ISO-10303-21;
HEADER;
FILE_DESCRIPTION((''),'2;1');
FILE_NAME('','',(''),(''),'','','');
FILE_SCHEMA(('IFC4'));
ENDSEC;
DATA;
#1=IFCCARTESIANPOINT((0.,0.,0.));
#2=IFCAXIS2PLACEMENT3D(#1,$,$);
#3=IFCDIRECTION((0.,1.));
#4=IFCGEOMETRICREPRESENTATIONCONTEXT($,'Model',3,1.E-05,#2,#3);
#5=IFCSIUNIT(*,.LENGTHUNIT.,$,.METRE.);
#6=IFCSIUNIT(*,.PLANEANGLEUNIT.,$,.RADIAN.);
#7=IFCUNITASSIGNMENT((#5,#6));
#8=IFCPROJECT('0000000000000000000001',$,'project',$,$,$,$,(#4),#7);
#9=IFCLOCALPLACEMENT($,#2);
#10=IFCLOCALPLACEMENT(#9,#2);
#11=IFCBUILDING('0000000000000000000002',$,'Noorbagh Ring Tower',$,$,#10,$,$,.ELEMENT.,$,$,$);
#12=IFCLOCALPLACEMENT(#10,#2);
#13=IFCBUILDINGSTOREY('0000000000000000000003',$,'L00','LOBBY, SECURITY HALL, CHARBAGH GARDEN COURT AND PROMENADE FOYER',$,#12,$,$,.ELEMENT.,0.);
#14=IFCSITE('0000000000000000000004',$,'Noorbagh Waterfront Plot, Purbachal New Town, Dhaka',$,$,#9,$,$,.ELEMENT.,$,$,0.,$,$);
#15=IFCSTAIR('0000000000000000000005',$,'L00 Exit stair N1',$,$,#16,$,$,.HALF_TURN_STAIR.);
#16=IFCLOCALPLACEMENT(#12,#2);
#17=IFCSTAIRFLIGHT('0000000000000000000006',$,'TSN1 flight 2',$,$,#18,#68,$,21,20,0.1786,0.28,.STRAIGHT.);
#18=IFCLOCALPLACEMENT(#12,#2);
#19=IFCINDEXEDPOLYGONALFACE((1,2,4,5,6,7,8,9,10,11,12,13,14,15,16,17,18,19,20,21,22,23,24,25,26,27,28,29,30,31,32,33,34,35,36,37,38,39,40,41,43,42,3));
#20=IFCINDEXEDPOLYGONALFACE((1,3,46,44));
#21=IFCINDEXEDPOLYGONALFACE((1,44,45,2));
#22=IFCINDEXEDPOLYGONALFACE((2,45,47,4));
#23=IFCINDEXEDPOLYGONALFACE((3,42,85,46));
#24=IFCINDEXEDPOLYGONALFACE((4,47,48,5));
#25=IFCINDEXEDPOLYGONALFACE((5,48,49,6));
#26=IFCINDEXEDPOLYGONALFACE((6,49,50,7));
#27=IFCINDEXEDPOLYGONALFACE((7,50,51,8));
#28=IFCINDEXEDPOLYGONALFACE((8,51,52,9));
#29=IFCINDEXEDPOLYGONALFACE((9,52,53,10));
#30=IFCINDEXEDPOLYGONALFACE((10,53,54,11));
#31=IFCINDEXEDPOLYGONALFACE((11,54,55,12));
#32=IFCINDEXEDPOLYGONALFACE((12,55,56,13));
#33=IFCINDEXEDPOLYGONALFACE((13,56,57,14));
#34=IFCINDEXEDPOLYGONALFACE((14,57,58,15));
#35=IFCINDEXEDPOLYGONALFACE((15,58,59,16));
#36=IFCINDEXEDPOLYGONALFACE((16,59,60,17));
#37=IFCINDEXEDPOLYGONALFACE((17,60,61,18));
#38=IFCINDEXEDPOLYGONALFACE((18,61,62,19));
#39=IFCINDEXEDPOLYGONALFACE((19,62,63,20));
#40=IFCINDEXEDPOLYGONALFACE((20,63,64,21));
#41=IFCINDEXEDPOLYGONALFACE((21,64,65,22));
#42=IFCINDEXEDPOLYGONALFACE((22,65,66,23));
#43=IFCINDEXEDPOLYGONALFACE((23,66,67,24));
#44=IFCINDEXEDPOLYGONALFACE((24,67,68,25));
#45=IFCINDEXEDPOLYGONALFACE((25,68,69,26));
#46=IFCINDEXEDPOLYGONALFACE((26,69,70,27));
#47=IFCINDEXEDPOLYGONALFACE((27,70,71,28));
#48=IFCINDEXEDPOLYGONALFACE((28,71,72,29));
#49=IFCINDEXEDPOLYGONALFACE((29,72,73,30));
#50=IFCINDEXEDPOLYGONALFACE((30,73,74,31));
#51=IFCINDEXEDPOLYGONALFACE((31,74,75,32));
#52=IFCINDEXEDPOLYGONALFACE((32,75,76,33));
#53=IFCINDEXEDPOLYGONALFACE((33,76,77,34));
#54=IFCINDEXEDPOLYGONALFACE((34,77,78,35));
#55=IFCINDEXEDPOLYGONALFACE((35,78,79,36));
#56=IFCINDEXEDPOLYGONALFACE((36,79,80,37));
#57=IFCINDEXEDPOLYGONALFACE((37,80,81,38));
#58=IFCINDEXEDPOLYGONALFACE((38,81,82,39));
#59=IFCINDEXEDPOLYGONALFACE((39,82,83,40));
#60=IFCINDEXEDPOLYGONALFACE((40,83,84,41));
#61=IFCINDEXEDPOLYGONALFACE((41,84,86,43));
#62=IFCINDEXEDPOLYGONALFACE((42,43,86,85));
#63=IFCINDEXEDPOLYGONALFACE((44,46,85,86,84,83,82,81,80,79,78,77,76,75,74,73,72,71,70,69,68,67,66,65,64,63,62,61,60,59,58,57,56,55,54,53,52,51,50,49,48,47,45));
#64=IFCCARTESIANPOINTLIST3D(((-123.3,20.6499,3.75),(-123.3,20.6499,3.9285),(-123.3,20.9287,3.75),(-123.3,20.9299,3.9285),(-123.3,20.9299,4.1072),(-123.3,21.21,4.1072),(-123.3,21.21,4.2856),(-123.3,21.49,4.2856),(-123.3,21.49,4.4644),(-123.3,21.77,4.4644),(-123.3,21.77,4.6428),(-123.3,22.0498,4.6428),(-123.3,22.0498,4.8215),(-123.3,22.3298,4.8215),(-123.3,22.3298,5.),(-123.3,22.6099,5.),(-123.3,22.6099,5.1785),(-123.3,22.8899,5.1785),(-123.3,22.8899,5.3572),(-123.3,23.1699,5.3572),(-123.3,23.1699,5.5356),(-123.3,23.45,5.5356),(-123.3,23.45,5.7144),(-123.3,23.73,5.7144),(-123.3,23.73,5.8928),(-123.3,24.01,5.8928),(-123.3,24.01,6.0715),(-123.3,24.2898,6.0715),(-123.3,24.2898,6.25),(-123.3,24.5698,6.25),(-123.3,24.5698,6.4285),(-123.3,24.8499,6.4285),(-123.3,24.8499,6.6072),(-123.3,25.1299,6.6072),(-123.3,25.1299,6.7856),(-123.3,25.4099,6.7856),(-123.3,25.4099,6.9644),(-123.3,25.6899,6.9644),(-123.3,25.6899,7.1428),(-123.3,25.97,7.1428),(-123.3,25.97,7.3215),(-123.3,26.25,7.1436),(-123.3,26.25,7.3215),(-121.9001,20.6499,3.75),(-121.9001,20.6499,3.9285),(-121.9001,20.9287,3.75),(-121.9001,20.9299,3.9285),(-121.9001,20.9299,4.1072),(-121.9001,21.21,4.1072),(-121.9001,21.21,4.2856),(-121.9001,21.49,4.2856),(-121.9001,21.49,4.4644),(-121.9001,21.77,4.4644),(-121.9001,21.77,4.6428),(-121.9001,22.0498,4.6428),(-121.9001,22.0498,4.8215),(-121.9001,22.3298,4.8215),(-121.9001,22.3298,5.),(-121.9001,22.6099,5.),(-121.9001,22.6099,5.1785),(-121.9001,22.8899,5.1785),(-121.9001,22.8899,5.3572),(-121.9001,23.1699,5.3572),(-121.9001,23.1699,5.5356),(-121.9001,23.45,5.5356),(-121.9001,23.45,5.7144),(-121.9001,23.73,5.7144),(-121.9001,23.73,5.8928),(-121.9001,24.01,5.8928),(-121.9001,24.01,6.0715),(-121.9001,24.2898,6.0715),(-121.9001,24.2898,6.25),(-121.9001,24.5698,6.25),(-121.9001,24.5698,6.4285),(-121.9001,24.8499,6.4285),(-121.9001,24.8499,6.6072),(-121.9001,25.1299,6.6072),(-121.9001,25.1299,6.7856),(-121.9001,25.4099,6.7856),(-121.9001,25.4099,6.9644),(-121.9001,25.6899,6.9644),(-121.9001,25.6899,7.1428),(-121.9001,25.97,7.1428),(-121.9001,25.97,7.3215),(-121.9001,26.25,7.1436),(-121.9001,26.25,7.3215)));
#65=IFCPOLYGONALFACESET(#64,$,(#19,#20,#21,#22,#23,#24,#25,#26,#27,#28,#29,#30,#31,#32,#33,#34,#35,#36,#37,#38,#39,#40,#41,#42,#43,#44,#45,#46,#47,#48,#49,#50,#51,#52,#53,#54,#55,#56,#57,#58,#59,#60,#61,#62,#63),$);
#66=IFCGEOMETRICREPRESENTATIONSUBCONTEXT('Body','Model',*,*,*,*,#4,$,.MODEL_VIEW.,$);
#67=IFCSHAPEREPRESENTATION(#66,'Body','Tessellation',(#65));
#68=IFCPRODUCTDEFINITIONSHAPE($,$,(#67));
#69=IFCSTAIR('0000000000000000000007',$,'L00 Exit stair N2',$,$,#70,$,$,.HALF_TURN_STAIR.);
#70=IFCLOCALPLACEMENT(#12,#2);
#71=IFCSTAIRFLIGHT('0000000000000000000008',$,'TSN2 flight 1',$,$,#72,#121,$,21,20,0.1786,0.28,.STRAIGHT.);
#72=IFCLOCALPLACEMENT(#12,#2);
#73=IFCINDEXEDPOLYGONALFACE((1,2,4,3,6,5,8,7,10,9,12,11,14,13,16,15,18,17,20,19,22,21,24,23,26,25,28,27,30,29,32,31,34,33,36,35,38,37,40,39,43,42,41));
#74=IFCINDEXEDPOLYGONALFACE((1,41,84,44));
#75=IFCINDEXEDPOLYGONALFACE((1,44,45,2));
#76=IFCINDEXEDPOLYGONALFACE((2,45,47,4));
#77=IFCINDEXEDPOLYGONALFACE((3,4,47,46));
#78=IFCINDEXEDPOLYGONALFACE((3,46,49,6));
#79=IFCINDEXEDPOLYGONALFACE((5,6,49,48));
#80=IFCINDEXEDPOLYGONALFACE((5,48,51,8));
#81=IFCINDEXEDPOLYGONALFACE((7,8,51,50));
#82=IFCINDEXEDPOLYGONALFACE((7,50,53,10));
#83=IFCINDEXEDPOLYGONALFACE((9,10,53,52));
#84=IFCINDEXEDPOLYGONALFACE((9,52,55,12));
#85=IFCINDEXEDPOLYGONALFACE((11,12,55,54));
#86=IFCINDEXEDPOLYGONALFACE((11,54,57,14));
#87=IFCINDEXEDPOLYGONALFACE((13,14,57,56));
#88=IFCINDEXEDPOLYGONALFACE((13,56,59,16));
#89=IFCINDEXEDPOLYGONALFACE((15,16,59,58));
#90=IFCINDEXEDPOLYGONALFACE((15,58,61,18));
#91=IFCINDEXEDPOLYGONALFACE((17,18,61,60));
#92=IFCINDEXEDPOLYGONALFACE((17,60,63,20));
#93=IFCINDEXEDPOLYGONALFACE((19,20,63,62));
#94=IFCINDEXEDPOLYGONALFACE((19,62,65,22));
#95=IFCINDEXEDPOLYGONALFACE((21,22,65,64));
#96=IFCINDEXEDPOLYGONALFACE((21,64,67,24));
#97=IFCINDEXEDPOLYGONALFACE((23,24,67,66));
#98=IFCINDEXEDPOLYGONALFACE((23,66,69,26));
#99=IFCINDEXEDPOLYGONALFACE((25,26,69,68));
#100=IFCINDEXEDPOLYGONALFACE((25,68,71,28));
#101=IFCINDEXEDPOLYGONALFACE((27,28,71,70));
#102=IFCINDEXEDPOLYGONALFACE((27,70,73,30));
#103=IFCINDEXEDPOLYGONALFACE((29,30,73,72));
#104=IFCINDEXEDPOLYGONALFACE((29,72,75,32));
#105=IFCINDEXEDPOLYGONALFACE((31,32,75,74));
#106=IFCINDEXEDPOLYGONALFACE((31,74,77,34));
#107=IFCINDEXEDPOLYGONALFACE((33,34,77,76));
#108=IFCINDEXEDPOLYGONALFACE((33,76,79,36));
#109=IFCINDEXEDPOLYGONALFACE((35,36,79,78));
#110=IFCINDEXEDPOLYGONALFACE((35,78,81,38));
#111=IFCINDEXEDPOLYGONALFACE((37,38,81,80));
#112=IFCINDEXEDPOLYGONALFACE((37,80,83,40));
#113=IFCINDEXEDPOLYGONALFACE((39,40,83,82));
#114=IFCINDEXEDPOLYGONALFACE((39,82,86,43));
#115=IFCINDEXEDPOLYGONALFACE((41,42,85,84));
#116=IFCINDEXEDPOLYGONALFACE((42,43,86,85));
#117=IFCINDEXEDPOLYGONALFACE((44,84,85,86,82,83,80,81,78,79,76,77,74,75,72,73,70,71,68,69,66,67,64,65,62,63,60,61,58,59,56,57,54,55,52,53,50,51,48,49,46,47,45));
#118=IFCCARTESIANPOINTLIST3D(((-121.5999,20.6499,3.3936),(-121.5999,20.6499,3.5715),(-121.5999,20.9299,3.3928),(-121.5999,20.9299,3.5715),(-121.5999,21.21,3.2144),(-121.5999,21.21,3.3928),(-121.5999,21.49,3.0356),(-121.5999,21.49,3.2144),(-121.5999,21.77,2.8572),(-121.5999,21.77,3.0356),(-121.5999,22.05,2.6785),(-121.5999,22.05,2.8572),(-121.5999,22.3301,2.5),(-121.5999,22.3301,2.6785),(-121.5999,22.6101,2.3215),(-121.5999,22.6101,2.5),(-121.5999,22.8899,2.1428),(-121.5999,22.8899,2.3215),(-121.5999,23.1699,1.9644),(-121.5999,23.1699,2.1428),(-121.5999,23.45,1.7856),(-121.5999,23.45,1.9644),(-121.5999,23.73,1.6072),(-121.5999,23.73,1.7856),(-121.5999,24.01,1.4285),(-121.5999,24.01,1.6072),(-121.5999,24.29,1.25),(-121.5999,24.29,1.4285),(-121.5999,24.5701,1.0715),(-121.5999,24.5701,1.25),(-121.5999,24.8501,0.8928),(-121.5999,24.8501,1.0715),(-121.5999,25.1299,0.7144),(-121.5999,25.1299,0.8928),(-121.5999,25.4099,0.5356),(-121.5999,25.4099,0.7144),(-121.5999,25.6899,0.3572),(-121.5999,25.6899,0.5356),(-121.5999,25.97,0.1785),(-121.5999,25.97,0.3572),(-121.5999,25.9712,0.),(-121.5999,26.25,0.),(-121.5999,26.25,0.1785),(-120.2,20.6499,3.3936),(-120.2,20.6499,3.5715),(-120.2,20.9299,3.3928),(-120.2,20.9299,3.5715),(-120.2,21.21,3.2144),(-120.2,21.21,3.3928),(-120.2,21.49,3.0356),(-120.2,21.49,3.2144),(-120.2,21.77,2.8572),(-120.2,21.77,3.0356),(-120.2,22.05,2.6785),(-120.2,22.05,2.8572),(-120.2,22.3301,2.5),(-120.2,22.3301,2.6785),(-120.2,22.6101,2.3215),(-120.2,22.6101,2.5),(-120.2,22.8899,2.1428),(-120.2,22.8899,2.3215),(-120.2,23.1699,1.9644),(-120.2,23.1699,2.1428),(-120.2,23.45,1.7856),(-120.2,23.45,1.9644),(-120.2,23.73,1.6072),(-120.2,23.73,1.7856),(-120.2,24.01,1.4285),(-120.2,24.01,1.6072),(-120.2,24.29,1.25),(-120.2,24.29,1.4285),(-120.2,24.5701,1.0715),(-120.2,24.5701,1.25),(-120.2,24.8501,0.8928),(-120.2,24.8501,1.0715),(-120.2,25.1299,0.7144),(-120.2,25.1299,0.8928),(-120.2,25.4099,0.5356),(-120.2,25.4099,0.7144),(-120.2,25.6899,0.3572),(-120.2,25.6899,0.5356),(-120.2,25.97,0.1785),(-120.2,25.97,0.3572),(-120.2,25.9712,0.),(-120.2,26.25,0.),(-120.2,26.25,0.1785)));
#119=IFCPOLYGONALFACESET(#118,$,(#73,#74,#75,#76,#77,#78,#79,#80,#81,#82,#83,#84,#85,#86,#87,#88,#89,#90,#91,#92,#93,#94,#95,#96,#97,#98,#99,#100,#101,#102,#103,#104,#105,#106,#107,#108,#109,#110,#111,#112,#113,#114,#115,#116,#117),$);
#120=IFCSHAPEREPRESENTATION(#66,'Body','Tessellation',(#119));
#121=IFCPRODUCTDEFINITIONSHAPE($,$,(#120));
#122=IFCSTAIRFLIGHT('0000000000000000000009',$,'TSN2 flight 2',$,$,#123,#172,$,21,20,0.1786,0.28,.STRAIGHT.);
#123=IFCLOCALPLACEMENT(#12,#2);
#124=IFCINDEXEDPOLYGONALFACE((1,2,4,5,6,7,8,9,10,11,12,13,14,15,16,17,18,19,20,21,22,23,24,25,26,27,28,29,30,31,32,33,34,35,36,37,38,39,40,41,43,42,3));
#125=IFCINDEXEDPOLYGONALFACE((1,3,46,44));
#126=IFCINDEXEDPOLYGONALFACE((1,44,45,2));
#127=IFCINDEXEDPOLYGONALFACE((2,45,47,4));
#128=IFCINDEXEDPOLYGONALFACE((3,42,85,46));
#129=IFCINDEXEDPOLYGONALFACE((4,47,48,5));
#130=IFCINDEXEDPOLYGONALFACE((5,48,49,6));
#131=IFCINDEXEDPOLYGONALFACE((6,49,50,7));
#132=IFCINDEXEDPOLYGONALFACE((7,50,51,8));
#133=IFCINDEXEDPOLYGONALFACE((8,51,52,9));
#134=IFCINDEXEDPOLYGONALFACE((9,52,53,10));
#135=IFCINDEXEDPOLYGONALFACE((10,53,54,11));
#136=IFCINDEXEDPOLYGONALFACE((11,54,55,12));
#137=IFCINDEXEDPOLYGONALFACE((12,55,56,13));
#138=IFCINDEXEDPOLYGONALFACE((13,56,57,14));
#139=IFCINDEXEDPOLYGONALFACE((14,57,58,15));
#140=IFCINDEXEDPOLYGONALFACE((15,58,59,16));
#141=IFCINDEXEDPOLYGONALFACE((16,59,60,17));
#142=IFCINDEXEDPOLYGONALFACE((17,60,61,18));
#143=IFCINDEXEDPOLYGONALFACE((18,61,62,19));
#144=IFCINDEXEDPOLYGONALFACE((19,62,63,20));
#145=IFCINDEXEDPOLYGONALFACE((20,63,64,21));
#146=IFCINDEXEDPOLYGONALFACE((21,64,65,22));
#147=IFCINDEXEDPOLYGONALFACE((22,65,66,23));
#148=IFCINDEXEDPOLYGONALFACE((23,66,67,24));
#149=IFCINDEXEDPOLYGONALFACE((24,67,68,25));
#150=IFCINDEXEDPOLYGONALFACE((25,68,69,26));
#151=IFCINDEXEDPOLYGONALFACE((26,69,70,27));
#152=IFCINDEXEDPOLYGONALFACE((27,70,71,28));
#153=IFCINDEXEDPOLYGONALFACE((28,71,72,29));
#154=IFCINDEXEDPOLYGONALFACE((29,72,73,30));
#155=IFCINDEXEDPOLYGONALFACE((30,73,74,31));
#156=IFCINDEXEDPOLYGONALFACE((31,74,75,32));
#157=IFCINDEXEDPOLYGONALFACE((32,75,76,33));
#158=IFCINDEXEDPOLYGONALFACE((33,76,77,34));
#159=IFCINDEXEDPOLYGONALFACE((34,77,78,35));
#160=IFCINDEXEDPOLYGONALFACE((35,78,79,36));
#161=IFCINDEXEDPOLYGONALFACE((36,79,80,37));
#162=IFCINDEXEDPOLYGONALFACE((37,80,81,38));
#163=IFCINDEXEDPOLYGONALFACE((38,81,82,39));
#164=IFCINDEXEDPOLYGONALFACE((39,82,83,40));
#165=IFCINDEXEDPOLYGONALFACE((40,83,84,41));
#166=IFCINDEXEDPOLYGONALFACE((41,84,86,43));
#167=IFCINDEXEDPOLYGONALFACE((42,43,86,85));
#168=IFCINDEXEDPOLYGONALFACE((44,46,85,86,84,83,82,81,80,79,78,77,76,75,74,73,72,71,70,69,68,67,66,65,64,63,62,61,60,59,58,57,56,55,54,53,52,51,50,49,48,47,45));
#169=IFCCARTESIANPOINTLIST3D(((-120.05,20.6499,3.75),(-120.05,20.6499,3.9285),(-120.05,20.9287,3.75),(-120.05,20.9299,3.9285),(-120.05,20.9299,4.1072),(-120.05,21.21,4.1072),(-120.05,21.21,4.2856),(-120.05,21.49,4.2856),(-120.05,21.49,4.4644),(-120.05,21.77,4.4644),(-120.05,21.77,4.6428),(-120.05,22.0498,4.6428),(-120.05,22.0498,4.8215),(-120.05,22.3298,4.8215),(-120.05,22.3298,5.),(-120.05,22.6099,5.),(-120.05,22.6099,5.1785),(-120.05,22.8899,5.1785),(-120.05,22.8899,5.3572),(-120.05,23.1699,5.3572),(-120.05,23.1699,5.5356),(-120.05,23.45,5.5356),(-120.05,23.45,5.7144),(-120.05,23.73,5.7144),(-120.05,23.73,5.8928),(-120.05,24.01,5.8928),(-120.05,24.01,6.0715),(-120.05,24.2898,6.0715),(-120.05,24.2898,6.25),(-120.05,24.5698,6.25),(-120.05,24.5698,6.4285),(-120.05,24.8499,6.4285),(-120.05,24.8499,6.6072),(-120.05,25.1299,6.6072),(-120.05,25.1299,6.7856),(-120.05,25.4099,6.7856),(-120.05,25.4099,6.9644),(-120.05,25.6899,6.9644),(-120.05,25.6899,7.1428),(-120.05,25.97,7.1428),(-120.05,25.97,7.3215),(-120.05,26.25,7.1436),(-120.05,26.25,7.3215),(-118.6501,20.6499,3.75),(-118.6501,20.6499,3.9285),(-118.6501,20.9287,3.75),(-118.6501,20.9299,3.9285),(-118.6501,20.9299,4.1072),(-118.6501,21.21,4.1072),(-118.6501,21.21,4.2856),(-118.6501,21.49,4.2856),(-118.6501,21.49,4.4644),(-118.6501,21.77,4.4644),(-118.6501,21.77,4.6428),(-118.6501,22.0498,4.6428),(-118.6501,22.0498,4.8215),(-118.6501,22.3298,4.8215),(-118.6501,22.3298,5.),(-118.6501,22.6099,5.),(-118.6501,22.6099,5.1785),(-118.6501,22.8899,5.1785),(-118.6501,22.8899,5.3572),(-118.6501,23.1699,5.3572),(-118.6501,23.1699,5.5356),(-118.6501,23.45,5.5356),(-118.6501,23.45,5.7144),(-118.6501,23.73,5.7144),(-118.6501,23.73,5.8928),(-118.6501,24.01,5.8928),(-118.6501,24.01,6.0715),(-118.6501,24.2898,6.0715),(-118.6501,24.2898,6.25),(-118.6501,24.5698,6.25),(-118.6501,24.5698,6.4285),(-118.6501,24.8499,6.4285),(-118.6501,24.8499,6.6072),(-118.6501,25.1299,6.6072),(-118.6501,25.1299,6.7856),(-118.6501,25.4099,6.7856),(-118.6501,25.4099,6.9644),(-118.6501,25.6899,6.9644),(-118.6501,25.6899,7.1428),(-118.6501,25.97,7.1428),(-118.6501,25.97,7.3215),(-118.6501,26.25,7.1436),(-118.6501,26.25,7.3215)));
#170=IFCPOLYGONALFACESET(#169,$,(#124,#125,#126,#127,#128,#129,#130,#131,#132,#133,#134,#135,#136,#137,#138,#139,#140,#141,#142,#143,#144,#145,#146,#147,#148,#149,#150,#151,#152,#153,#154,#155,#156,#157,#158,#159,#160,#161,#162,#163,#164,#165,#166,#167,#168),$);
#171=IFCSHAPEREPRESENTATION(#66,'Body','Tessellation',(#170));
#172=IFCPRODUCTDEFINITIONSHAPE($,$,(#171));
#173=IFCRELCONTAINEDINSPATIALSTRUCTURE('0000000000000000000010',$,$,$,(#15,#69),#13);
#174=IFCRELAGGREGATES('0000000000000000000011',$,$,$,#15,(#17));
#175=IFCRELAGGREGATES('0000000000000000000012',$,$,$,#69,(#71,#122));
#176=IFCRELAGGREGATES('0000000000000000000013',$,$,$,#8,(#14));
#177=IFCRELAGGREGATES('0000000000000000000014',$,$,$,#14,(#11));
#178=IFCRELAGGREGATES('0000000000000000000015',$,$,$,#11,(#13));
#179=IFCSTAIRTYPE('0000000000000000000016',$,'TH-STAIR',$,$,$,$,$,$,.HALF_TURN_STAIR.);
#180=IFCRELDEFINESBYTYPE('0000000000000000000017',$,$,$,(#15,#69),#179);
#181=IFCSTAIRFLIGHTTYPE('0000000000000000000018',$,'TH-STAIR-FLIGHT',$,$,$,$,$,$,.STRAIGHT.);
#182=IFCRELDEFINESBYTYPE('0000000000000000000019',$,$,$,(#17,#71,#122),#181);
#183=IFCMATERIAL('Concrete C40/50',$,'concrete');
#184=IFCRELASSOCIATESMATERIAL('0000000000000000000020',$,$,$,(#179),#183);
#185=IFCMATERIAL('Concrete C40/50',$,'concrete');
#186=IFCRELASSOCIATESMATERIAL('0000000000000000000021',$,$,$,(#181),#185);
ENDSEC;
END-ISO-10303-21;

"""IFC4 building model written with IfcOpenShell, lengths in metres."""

from ifc_helpers import new_model, si_unit, direction, frame, origin, place, context, subcontext, project, spatial, polyline, outline, extrude, material, type_object, element, aggregate, save


model = new_model("IFC4")

# Units and contexts
model_context = context("Model", 3, precision=1e-05, world=origin(), true_north=direction((0.0, 1.0)))
body_context = subcontext(model_context, "Body", "Model", "MODEL_VIEW")
ifc_project = project(units=[si_unit("LENGTHUNIT", "METRE"), si_unit("PLANEANGLEUNIT", "RADIAN")], contexts=[model_context])

# Site, building, storey
site_placement = place(None, origin())
site = spatial("IfcSite", under=ifc_project, at=site_placement, Name="Noorbagh Waterfront Plot, Purbachal New Town, Dhaka", CompositionType="ELEMENT", RefElevation=0.0)
building_placement = place(site_placement, origin())
building = spatial("IfcBuilding", under=site, at=building_placement, Name="Noorbagh Ring Tower", CompositionType="ELEMENT")
storey_placement = place(building_placement, origin())
storey = spatial("IfcBuildingStorey", under=building, at=storey_placement, Name="L00", Description="LOBBY, SECURITY HALL, CHARBAGH GARDEN COURT AND PROMENADE FOYER", CompositionType="ELEMENT", Elevation=0.0)

# Stairs, stair flights
ifc_material_1 = material(Name="Concrete C40/50", Category="concrete")
stair_type = type_object("IfcStairType", Name="TH-STAIR", PredefinedType="HALF_TURN_STAIR", material=ifc_material_1)
stair_1_placement = place(storey_placement, origin())
stair_1 = element("IfcStair", 1, at=stair_1_placement, inside=storey, type_object=stair_type, Name="L00 Exit stair N1", PredefinedType="HALF_TURN_STAIR")
ifc_material_2 = material(Name="Concrete C40/50", Category="concrete")
stair_flight_type = type_object("IfcStairFlightType", Name="TH-STAIR-FLIGHT", PredefinedType="STRAIGHT", material=ifc_material_2)
stair_flight_1_placement = place(storey_placement, frame((-122.6001, 20.6499, 3.75), z_axis=(0.0, 0.0, 1.0), x_axis=(0.0, 1.0, 0.0)))
stair_flight_1 = element("IfcStairFlight", 2, at=stair_flight_1_placement, type_object=stair_flight_type, Name="TSN1 flight 2", NumberOfRisers=21, NumberOfTreads=20, PredefinedType="STRAIGHT", RiserHeight=0.1786, TreadLength=0.28, context=body_context, shape_type="SweptSolid", body=[
    extrude(outline(polyline([(0.0, 0.0), (0.0, 0.1785), (0.28, 0.1785), (0.28, 0.3572), (0.5601, 0.3572), (0.5601, 0.5356), (0.8401, 0.5356), (0.8401, 0.7144), (1.1201, 0.7144), (1.1201, 0.8928), (1.3999, 0.8928), (1.3999, 1.0715), (1.6799, 1.0715), (1.6799, 1.25), (1.96, 1.25), (1.96, 1.4285), (2.24, 1.4285), (2.24, 1.6072), (2.52, 1.6072), (2.52, 1.7856), (2.8, 1.7856), (2.8, 1.9644), (3.0801, 1.9644), (3.0801, 2.1428), (3.3601, 2.1428), (3.3601, 2.3215), (3.6399, 2.3215), (3.6399, 2.5), (3.9199, 2.5), (3.9199, 2.6785), (4.2, 2.6785), (4.2, 2.8572), (4.48, 2.8572), (4.48, 3.0356), (4.76, 3.0356), (4.76, 3.2144), (5.04, 3.2144), (5.04, 3.3928), (5.3201, 3.3928), (5.3201, 3.5715), (5.6001, 3.5715), (5.6001, 3.75), (5.6001, 3.3936), (0.2788, 0.0), (0.0, 0.0)])), frame((0.0, 0.7, 0.0), z_axis=(0.0, -1.0, 0.0), x_axis=(1.0, 0.0, 0.0)), (0.0, 0.0, 1.0), 1.3999),
])
aggregate(stair_1, [stair_flight_1])
stair_2_placement = place(storey_placement, origin())
stair_2 = element("IfcStair", 3, at=stair_2_placement, inside=storey, type_object=stair_type, Name="L00 Exit stair N2", PredefinedType="HALF_TURN_STAIR")
stair_flight_2_placement = place(storey_placement, frame((-120.8999, 26.25, 0.0), z_axis=(0.0, 0.0, 1.0), x_axis=(0.0, -1.0, 0.0)))
stair_flight_2 = element("IfcStairFlight", 4, at=stair_flight_2_placement, type_object=stair_flight_type, Name="TSN2 flight 1", NumberOfRisers=21, NumberOfTreads=20, PredefinedType="STRAIGHT", RiserHeight=0.1786, TreadLength=0.28, context=body_context, shape_type="SweptSolid", body=[
    extrude(outline(polyline([(0.0, 0.0), (0.0, 0.1785), (0.28, 0.1785), (0.28, 0.3572), (0.5601, 0.3572), (0.5601, 0.5356), (0.8401, 0.5356), (0.8401, 0.7144), (1.1201, 0.7144), (1.1201, 0.8928), (1.3999, 0.8928), (1.3999, 1.0715), (1.6799, 1.0715), (1.6799, 1.25), (1.96, 1.25), (1.96, 1.4285), (2.24, 1.4285), (2.24, 1.6072), (2.52, 1.6072), (2.52, 1.7856), (2.8, 1.7856), (2.8, 1.9644), (3.0801, 1.9644), (3.0801, 2.1428), (3.3601, 2.1428), (3.3601, 2.3215), (3.6399, 2.3215), (3.6399, 2.5), (3.9199, 2.5), (3.9199, 2.6785), (4.2, 2.6785), (4.2, 2.8572), (4.48, 2.8572), (4.48, 3.0356), (4.76, 3.0356), (4.76, 3.2144), (5.04, 3.2144), (5.04, 3.3928), (5.3201, 3.3928), (5.3201, 3.5715), (5.6001, 3.5715), (5.6001, 3.75), (5.6001, 3.3936), (0.2788, 0.0), (0.0, 0.0)])), frame((0.0, 0.7, 0.0), z_axis=(0.0, -1.0, 0.0), x_axis=(1.0, 0.0, 0.0)), (0.0, 0.0, 1.0), 1.3999),
])
stair_flight_3_placement = place(storey_placement, frame((-119.3501, 20.6499, 3.75), z_axis=(0.0, 0.0, 1.0), x_axis=(0.0, 1.0, 0.0)))
stair_flight_3 = element("IfcStairFlight", 5, at=stair_flight_3_placement, type_object=stair_flight_type, Name="TSN2 flight 2", NumberOfRisers=21, NumberOfTreads=20, PredefinedType="STRAIGHT", RiserHeight=0.1786, TreadLength=0.28, context=body_context, shape_type="SweptSolid", body=[
    extrude(outline(polyline([(0.0, 0.0), (0.0, 0.1785), (0.28, 0.1785), (0.28, 0.3572), (0.5601, 0.3572), (0.5601, 0.5356), (0.8401, 0.5356), (0.8401, 0.7144), (1.1201, 0.7144), (1.1201, 0.8928), (1.3999, 0.8928), (1.3999, 1.0715), (1.6799, 1.0715), (1.6799, 1.25), (1.96, 1.25), (1.96, 1.4285), (2.24, 1.4285), (2.24, 1.6072), (2.52, 1.6072), (2.52, 1.7856), (2.8, 1.7856), (2.8, 1.9644), (3.0801, 1.9644), (3.0801, 2.1428), (3.3601, 2.1428), (3.3601, 2.3215), (3.6399, 2.3215), (3.6399, 2.5), (3.9199, 2.5), (3.9199, 2.6785), (4.2, 2.6785), (4.2, 2.8572), (4.48, 2.8572), (4.48, 3.0356), (4.76, 3.0356), (4.76, 3.2144), (5.04, 3.2144), (5.04, 3.3928), (5.3201, 3.3928), (5.3201, 3.5715), (5.6001, 3.5715), (5.6001, 3.75), (5.6001, 3.3936), (0.2788, 0.0), (0.0, 0.0)])), frame((0.0, 0.7, 0.0), z_axis=(0.0, -1.0, 0.0), x_axis=(1.0, 0.0, 0.0)), (0.0, 0.0, 1.0), 1.3999),
])
aggregate(stair_2, [stair_flight_2, stair_flight_3])

save(model, "model.ifc")
